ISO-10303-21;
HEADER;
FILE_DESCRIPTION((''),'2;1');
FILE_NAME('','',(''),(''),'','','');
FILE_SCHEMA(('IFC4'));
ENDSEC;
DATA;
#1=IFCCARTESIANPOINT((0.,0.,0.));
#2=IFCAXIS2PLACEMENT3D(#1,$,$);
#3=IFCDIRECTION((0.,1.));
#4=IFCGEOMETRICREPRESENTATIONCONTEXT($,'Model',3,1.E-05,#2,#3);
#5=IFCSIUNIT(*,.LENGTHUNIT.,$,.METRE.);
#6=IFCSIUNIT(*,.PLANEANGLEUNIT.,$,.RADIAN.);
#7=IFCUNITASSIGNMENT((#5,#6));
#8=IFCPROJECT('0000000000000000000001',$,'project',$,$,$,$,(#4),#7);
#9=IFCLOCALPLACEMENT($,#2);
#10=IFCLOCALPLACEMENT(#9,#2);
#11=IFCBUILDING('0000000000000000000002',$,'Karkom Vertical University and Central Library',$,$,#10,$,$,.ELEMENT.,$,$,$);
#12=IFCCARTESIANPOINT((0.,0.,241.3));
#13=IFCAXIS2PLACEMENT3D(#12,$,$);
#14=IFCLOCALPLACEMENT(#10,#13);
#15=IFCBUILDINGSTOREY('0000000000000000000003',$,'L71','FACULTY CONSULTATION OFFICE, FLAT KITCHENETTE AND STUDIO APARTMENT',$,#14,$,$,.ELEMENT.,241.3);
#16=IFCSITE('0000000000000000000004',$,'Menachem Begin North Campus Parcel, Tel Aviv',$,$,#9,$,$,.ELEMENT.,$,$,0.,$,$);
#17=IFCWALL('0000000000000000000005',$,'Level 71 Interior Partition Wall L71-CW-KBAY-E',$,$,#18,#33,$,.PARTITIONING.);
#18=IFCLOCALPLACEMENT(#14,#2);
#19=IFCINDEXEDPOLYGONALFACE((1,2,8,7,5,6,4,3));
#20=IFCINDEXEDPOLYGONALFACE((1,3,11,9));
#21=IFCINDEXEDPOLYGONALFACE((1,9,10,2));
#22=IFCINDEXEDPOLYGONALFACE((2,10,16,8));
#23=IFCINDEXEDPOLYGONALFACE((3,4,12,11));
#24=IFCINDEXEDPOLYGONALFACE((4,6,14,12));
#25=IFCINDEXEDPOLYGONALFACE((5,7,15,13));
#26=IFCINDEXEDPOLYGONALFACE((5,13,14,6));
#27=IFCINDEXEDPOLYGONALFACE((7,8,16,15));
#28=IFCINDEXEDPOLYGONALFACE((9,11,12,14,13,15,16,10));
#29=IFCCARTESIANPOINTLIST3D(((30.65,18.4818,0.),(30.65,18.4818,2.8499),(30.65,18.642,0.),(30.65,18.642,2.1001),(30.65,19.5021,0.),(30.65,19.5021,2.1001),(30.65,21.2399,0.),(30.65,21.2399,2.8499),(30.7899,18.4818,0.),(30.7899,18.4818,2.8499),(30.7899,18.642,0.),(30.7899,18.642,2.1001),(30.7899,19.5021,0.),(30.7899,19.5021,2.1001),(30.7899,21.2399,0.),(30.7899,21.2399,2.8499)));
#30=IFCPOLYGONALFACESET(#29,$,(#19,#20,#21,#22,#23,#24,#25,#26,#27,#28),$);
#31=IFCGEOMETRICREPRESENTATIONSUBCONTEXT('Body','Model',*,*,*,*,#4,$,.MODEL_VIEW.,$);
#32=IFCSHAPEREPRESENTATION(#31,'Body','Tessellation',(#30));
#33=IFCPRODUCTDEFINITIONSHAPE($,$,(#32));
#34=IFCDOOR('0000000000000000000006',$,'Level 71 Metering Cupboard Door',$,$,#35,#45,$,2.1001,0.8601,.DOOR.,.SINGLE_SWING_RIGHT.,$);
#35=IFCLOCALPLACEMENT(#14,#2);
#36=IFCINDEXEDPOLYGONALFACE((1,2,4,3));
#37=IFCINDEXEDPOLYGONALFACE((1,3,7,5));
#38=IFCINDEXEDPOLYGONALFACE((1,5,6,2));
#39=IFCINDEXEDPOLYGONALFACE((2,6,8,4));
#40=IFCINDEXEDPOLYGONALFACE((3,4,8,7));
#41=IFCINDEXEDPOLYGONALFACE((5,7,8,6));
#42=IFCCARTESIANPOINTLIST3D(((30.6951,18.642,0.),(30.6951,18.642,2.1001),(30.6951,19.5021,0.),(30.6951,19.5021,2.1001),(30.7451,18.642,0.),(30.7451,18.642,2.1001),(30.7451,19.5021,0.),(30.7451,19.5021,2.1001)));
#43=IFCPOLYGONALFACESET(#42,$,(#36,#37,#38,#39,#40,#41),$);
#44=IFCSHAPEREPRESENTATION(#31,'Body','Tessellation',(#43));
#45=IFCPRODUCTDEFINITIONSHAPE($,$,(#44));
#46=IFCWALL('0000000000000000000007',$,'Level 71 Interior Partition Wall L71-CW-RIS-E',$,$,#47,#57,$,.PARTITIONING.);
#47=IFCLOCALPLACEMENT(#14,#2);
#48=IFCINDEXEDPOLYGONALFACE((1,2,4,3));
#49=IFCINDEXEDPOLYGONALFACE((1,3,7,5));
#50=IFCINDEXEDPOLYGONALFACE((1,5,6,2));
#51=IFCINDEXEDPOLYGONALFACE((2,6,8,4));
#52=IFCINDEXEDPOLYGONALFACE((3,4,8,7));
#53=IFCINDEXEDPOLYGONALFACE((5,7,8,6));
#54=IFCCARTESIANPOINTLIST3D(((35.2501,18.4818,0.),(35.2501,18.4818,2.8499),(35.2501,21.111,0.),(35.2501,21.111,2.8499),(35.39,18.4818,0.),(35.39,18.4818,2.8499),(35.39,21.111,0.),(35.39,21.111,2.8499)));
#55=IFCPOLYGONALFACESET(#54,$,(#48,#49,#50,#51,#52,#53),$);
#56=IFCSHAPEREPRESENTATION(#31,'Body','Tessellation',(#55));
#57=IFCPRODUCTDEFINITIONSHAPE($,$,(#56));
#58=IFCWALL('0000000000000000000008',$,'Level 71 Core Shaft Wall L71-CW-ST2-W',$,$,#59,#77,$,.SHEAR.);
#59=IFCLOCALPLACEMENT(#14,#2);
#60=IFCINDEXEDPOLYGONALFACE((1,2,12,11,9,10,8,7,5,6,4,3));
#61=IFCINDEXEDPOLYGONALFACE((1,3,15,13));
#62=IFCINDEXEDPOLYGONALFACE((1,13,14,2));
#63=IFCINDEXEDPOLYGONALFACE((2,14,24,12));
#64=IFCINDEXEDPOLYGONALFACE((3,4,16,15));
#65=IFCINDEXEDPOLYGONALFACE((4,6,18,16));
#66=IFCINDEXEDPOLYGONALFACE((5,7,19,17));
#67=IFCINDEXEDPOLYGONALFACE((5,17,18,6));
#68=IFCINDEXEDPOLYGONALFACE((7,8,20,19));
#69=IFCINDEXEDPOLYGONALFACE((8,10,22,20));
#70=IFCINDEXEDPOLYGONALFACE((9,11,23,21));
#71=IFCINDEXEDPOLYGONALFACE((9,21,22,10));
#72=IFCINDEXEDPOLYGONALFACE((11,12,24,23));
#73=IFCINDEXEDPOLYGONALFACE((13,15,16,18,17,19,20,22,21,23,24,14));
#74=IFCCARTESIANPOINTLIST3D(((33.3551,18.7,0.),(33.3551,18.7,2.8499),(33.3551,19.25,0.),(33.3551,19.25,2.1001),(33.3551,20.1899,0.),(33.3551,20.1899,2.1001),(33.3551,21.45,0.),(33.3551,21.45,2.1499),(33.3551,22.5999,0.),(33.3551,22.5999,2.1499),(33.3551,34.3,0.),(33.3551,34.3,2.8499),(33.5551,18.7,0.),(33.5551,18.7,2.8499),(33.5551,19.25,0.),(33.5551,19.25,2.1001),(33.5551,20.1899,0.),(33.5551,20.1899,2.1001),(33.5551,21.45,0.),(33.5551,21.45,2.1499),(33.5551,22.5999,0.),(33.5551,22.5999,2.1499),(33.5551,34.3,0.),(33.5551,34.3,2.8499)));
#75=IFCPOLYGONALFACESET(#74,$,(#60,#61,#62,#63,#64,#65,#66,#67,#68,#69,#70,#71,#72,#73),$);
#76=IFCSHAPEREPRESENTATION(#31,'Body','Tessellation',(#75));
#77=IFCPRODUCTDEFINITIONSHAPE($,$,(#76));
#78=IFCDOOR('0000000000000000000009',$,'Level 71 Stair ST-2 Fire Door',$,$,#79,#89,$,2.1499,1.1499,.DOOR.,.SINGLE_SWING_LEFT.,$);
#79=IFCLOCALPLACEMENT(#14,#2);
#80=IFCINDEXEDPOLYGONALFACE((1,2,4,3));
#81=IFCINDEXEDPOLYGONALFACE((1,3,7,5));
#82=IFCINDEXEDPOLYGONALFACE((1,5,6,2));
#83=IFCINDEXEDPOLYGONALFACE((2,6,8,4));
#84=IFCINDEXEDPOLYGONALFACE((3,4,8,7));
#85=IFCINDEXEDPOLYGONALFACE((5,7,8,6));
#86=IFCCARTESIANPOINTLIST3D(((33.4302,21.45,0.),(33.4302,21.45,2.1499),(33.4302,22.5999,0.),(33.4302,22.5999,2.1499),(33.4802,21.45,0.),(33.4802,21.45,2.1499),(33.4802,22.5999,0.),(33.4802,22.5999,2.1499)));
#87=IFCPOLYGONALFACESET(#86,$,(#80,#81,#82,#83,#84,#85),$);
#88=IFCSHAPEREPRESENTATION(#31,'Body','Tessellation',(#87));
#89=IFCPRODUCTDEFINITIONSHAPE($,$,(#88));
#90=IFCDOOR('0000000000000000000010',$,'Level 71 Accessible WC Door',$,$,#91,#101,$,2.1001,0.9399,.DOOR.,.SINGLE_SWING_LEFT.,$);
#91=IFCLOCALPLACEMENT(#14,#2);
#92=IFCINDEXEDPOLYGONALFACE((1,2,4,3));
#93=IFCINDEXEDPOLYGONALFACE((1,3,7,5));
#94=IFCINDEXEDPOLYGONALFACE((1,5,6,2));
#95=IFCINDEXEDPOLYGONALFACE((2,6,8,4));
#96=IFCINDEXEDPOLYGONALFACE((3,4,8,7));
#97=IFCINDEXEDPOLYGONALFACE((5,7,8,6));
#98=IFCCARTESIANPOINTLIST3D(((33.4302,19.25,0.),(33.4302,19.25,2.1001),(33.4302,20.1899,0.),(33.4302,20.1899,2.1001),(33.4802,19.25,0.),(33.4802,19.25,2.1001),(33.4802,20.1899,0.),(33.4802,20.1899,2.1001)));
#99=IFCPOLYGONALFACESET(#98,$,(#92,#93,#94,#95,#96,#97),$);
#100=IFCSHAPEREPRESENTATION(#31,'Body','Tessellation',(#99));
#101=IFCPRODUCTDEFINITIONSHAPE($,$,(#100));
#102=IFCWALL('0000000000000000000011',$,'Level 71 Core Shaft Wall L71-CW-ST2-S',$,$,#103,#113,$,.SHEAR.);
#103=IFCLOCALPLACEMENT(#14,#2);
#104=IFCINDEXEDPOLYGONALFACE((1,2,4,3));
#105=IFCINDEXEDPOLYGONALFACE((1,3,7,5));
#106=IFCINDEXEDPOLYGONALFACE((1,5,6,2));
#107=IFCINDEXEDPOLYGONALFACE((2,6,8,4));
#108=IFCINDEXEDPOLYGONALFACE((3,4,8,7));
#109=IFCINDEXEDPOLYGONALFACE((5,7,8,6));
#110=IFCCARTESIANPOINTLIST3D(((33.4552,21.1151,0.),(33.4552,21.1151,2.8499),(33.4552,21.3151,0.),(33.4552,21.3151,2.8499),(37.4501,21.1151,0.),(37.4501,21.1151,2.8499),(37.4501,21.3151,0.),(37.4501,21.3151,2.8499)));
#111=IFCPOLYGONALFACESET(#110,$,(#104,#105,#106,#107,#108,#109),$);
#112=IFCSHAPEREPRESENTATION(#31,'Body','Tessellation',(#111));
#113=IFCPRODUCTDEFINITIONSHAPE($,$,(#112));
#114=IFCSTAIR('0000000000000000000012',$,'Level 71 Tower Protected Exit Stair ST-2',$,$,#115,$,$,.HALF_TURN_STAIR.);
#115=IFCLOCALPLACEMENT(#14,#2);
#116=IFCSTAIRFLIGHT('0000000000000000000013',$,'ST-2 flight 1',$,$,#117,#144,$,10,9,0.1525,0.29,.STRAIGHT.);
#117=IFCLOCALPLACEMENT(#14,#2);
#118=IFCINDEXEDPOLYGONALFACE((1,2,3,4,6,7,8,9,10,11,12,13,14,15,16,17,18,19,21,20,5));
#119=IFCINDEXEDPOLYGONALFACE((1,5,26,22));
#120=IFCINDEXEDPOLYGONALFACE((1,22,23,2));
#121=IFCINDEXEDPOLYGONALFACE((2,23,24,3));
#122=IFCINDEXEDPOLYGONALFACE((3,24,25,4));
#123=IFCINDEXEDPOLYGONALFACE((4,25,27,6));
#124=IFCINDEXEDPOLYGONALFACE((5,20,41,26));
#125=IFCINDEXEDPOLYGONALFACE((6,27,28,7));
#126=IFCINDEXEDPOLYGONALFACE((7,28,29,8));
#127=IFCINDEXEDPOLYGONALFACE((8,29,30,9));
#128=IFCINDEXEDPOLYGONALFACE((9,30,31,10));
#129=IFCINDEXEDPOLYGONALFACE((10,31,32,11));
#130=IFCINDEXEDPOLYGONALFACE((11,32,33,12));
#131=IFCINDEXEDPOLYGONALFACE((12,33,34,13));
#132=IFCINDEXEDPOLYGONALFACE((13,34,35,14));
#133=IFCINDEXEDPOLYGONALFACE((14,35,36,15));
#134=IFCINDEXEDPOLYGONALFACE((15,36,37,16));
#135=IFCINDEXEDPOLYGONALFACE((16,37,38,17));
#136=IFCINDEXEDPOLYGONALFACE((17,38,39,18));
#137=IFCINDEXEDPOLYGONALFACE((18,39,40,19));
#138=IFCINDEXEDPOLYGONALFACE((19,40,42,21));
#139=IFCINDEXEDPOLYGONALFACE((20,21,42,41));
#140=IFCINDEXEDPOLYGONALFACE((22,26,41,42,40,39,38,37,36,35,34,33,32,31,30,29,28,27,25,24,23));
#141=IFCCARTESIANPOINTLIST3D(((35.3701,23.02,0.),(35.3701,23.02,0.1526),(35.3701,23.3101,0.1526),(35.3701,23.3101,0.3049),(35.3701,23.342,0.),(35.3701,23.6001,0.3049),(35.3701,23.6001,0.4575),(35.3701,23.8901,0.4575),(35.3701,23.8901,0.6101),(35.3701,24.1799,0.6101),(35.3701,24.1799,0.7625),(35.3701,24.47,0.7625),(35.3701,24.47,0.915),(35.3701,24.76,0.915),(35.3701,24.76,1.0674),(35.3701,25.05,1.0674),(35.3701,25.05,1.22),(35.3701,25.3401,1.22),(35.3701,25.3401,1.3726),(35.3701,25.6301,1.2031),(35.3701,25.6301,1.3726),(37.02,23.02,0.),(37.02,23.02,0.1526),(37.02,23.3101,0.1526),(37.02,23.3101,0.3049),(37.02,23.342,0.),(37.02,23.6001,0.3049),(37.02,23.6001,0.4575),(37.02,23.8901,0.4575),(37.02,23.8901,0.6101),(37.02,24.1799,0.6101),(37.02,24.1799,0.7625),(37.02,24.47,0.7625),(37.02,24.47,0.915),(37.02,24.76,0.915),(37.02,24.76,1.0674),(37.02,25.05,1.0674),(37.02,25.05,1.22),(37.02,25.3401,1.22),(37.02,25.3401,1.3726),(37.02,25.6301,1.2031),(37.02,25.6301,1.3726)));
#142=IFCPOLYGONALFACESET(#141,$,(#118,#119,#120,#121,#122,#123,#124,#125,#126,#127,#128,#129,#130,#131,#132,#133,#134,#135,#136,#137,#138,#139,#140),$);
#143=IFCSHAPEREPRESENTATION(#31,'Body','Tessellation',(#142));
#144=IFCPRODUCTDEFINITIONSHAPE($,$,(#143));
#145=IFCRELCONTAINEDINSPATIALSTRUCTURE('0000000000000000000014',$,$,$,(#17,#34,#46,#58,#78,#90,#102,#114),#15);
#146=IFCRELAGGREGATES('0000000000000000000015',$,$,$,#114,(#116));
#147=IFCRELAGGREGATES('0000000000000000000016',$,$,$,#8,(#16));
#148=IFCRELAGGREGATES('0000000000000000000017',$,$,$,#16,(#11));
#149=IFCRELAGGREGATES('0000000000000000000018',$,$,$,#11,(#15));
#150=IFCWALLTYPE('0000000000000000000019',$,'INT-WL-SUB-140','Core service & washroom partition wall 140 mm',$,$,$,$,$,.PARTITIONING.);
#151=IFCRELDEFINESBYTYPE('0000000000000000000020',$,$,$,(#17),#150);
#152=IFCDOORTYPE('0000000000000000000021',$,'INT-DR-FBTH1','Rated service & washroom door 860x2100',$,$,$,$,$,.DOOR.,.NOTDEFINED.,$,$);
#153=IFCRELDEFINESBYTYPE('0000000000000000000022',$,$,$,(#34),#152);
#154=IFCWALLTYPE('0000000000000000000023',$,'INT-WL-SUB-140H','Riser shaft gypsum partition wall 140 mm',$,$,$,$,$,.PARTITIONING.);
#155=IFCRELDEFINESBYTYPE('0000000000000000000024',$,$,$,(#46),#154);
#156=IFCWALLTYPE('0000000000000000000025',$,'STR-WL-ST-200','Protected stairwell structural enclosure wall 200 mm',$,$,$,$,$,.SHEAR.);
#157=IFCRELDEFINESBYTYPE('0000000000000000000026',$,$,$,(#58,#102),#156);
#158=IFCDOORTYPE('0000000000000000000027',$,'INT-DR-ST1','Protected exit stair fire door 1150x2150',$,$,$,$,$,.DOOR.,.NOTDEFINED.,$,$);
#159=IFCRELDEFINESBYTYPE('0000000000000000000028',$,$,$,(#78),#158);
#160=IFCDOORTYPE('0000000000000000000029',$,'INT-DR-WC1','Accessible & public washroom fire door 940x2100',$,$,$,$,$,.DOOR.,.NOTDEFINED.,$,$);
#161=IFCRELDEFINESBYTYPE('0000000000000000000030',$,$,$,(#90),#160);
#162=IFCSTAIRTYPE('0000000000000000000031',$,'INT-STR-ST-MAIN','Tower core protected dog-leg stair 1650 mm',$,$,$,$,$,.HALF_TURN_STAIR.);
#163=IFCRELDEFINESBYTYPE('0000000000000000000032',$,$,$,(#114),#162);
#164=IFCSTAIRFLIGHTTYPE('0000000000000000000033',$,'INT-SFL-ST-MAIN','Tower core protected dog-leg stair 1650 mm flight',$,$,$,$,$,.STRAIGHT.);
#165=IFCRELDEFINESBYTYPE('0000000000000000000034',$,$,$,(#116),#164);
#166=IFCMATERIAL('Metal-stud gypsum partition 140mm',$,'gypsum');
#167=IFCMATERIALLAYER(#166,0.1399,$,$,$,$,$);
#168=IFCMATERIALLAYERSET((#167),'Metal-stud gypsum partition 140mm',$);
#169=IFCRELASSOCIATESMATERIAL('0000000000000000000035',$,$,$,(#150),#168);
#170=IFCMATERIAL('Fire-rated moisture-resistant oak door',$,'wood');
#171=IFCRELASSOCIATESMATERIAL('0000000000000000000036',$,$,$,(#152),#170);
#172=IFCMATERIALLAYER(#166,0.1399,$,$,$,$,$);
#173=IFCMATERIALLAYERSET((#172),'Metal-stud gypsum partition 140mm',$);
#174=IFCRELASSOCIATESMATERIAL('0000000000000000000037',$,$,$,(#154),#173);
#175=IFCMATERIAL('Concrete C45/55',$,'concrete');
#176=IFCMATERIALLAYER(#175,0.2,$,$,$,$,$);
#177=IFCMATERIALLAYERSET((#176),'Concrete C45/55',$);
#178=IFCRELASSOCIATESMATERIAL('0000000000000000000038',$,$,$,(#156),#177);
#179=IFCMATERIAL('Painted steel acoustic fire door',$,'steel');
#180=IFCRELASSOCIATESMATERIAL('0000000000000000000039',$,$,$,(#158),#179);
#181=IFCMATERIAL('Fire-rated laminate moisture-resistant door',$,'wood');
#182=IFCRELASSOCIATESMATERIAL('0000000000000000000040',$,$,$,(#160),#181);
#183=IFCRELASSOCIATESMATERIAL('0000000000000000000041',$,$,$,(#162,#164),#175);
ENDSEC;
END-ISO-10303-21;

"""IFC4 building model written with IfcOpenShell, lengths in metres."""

from ifc_helpers import new_model, si_unit, direction, frame, frame_2d, origin, origin_with_axes, place, context, subcontext, project, spatial, polyline, rectangle, outline, extrude, source, transform, mapped, material, layer, layer_set, type_object, element, fill, aggregate, save


model = new_model("IFC4")

# Units and contexts
model_context = context("Model", 3, precision=1e-05, world=origin(), true_north=direction((0.0, 1.0)))
body_context = subcontext(model_context, "Body", "Model", "MODEL_VIEW")
ifc_project = project(units=[si_unit("LENGTHUNIT", "METRE"), si_unit("PLANEANGLEUNIT", "RADIAN")], contexts=[model_context])

# Site, building, storey
site_placement = place(None, origin())
site = spatial("IfcSite", under=ifc_project, at=site_placement, Name="Menachem Begin North Campus Parcel, Tel Aviv", CompositionType="ELEMENT", RefElevation=0.0)
building_placement = place(site_placement, origin())
building = spatial("IfcBuilding", under=site, at=building_placement, Name="Karkom Vertical University and Central Library", CompositionType="ELEMENT")
storey_placement = place(building_placement, frame((0.0, 0.0, 241.3)))
storey = spatial("IfcBuildingStorey", under=building, at=storey_placement, Name="L71", Description="FACULTY CONSULTATION OFFICE, FLAT KITCHENETTE AND STUDIO APARTMENT", CompositionType="ELEMENT", Elevation=241.3)

# Shared definitions
ifc_material_1 = material(Name="Concrete C45/55", Category="concrete")

# Shared definitions
ifc_material_2 = material(Name="Metal-stud gypsum partition 140mm", Category="gypsum")
ifc_layer_1 = layer(ifc_material_2, 0.1399)
ifc_layer_set_1 = layer_set([ifc_layer_1], Name="Metal-stud gypsum partition 140mm")
wall_type_1 = type_object("IfcWallType", Name="INT-WL-SUB-140", Description="Core service & washroom partition wall 140 mm", PredefinedType="PARTITIONING", material=ifc_layer_set_1)

# Wall, opening, door
wall_1_placement = place(storey_placement, frame((30.72, 18.4819, 0.0), z_axis=(0.0, 0.0, 1.0), x_axis=(0.0, 1.0, 0.0)))
wall_1 = element("IfcWall", 1, at=wall_1_placement, inside=storey, type_object=wall_type_1, Name="Level 71 Interior Partition Wall L71-CW-KBAY-E", PredefinedType="PARTITIONING", context=body_context, shape_type="SweptSolid", body=[
    extrude(rectangle(XDim=2.7581, YDim=0.1399, at=frame_2d((1.3789, 0.0))), origin(), (0.0, 0.0, 1.0), 2.8499),
])
opening_1_placement = place(wall_1_placement, frame((0.1599, 0.0, 0.0)))
opening_1 = element("IfcOpeningElement", 2, at=opening_1_placement, cuts=wall_1, PredefinedType="OPENING", context=body_context, shape_type="SweptSolid", body=[
    extrude(rectangle(XDim=0.8601, YDim=2.1001, at=frame_2d((0.4302, 1.05))), frame((0.0, 0.0801, 0.0), z_axis=(0.0, -1.0, 0.0), x_axis=(1.0, 0.0, 0.0)), (0.0, 0.0, 1.0), 0.1599),
])
ifc_material_3 = material(Name="Fire-rated moisture-resistant oak door", Category="wood")
door_type_1 = type_object("IfcDoorType", Name="INT-DR-FBTH1", Description="Rated service & washroom door 860x2100", OperationType="NOTDEFINED", PredefinedType="DOOR", material=ifc_material_3)
shared_shape_1 = source(origin_with_axes(), body_context, "Body", "SweptSolid", [
    extrude(rectangle(XDim=0.8601, YDim=2.1001, at=frame_2d((0.4302, 1.05))), frame((0.0, 0.0249, 0.0), z_axis=(0.0, -1.0, 0.0), x_axis=(1.0, 0.0, 0.0)), (0.0, 0.0, 1.0), 0.05),
])
door_1_placement = place(opening_1_placement, origin())
door_1 = element("IfcDoor", 3, at=door_1_placement, inside=storey, type_object=door_type_1, Name="Level 71 Metering Cupboard Door", OperationType="SINGLE_SWING_RIGHT", OverallHeight=2.1001, OverallWidth=0.8601, PredefinedType="DOOR", context=body_context, shape_type="MappedRepresentation", body=[
    mapped(shared_shape_1, transform((0.0, 0.0, 0.0), scale=1.0)),
])
fill(opening_1, door_1)

# Wall
ifc_layer_2 = layer(ifc_material_2, 0.1399)
ifc_layer_set_2 = layer_set([ifc_layer_2], Name="Metal-stud gypsum partition 140mm")
wall_type_2 = type_object("IfcWallType", Name="INT-WL-SUB-140H", Description="Riser shaft gypsum partition wall 140 mm", PredefinedType="PARTITIONING", material=ifc_layer_set_2)
wall_2_placement = place(storey_placement, frame((35.3201, 18.4819, 0.0), z_axis=(0.0, 0.0, 1.0), x_axis=(0.0, 1.0, 0.0)))
element("IfcWall", 4, at=wall_2_placement, inside=storey, type_object=wall_type_2, Name="Level 71 Interior Partition Wall L71-CW-RIS-E", PredefinedType="PARTITIONING", context=body_context, shape_type="SweptSolid", body=[
    extrude(rectangle(XDim=2.6292, YDim=0.1399, at=frame_2d((1.3145, 0.0))), origin(), (0.0, 0.0, 1.0), 2.8499),
])

# Wall, openings, doors
ifc_layer_3 = layer(ifc_material_1, 0.2)
ifc_layer_set_3 = layer_set([ifc_layer_3], Name="Concrete C45/55")
wall_type_3 = type_object("IfcWallType", Name="STR-WL-ST-200", Description="Protected stairwell structural enclosure wall 200 mm", PredefinedType="SHEAR", material=ifc_layer_set_3)
wall_3_placement = place(storey_placement, frame((33.4551, 18.7, 0.0), z_axis=(0.0, 0.0, 1.0), x_axis=(0.0, 1.0, 0.0)))
wall_3 = element("IfcWall", 5, at=wall_3_placement, inside=storey, type_object=wall_type_3, Name="Level 71 Core Shaft Wall L71-CW-ST2-W", PredefinedType="SHEAR", context=body_context, shape_type="SweptSolid", body=[
    extrude(rectangle(XDim=15.6001, YDim=0.2, at=frame_2d((7.8, 0.0))), origin(), (0.0, 0.0, 1.0), 2.8499),
])
opening_2_placement = place(wall_3_placement, frame((2.75, 0.0, 0.0)))
opening_2 = element("IfcOpeningElement", 6, at=opening_2_placement, cuts=wall_3, PredefinedType="OPENING", context=body_context, shape_type="SweptSolid", body=[
    extrude(rectangle(XDim=1.1499, YDim=2.1499, at=frame_2d((0.575, 1.075))), frame((0.0, 0.1099, 0.0), z_axis=(0.0, -1.0, 0.0), x_axis=(1.0, 0.0, 0.0)), (0.0, 0.0, 1.0), 0.22),
])
opening_3_placement = place(wall_3_placement, frame((0.55, 0.0, 0.0)))
opening_3 = element("IfcOpeningElement", 7, at=opening_3_placement, cuts=wall_3, PredefinedType="OPENING", context=body_context, shape_type="SweptSolid", body=[
    extrude(rectangle(XDim=0.9399, YDim=2.1001, at=frame_2d((0.47, 1.05))), frame((0.0, 0.1099, 0.0), z_axis=(0.0, -1.0, 0.0), x_axis=(1.0, 0.0, 0.0)), (0.0, 0.0, 1.0), 0.22),
])
ifc_material_4 = material(Name="Painted steel acoustic fire door", Category="steel")
door_type_2 = type_object("IfcDoorType", Name="INT-DR-ST1", Description="Protected exit stair fire door 1150x2150", OperationType="NOTDEFINED", PredefinedType="DOOR", material=ifc_material_4)
shared_shape_2 = source(origin_with_axes(), body_context, "Body", "SweptSolid", [
    extrude(rectangle(XDim=1.1499, YDim=2.1499, at=frame_2d((0.575, 1.075))), frame((0.0, 0.0249, 0.0), z_axis=(0.0, -1.0, 0.0), x_axis=(1.0, 0.0, 0.0)), (0.0, 0.0, 1.0), 0.05),
])
door_2_placement = place(opening_2_placement, origin())
door_2 = element("IfcDoor", 8, at=door_2_placement, inside=storey, type_object=door_type_2, Name="Level 71 Stair ST-2 Fire Door", OperationType="SINGLE_SWING_LEFT", OverallHeight=2.1499, OverallWidth=1.1499, PredefinedType="DOOR", context=body_context, shape_type="MappedRepresentation", body=[
    mapped(shared_shape_2, transform((0.0, 0.0, 0.0), scale=1.0)),
])
fill(opening_2, door_2)
ifc_material_5 = material(Name="Fire-rated laminate moisture-resistant door", Category="wood")
door_type_3 = type_object("IfcDoorType", Name="INT-DR-WC1", Description="Accessible & public washroom fire door 940x2100", OperationType="NOTDEFINED", PredefinedType="DOOR", material=ifc_material_5)
shared_shape_3 = source(origin_with_axes(), body_context, "Body", "SweptSolid", [
    extrude(rectangle(XDim=0.9399, YDim=2.1001, at=frame_2d((0.47, 1.05))), frame((0.0, 0.0249, 0.0), z_axis=(0.0, -1.0, 0.0), x_axis=(1.0, 0.0, 0.0)), (0.0, 0.0, 1.0), 0.05),
])
door_3_placement = place(opening_3_placement, origin())
door_3 = element("IfcDoor", 9, at=door_3_placement, inside=storey, type_object=door_type_3, Name="Level 71 Accessible WC Door", OperationType="SINGLE_SWING_LEFT", OverallHeight=2.1001, OverallWidth=0.9399, PredefinedType="DOOR", context=body_context, shape_type="MappedRepresentation", body=[
    mapped(shared_shape_3, transform((0.0, 0.0, 0.0), scale=1.0)),
])
fill(opening_3, door_3)

# Wall
wall_4_placement = place(storey_placement, frame((33.4551, 21.2151, 0.0), z_axis=(0.0, 0.0, 1.0), x_axis=(1.0, 0.0, 0.0)))
element("IfcWall", 10, at=wall_4_placement, inside=storey, type_object=wall_type_3, Name="Level 71 Core Shaft Wall L71-CW-ST2-S", PredefinedType="SHEAR", context=body_context, shape_type="SweptSolid", body=[
    extrude(rectangle(XDim=3.9949, YDim=0.2, at=frame_2d((1.9976, 0.0))), origin(), (0.0, 0.0, 1.0), 2.8499),
])

# Stair, stair flight
stair_type = type_object("IfcStairType", Name="INT-STR-ST-MAIN", Description="Tower core protected dog-leg stair 1650 mm", PredefinedType="HALF_TURN_STAIR", material=ifc_material_1)
stair_placement = place(storey_placement, origin())
stair = element("IfcStair", 11, at=stair_placement, inside=storey, type_object=stair_type, Name="Level 71 Tower Protected Exit Stair ST-2", PredefinedType="HALF_TURN_STAIR")
stair_flight_type = type_object("IfcStairFlightType", Name="INT-SFL-ST-MAIN", Description="Tower core protected dog-leg stair 1650 mm flight", PredefinedType="STRAIGHT", material=ifc_material_1)
stair_flight_placement = place(storey_placement, frame((36.1951, 23.02, 0.0), z_axis=(0.0, 0.0, 1.0), x_axis=(0.0, 1.0, 0.0)))
stair_flight = element("IfcStairFlight", 12, at=stair_flight_placement, type_object=stair_flight_type, Name="ST-2 flight 1", NumberOfRisers=10, NumberOfTreads=9, PredefinedType="STRAIGHT", RiserHeight=0.1525, TreadLength=0.29, context=body_context, shape_type="SweptSolid", body=[
    extrude(outline(polyline([(0.0, 0.0), (0.0, 0.1526), (0.29, 0.1526), (0.29, 0.3049), (0.5801, 0.3049), (0.5801, 0.4575), (0.8701, 0.4575), (0.8701, 0.6101), (1.1599, 0.6101), (1.1599, 0.7625), (1.45, 0.7625), (1.45, 0.915), (1.74, 0.915), (1.74, 1.0674), (2.03, 1.0674), (2.03, 1.22), (2.3201, 1.22), (2.3201, 1.3726), (2.6101, 1.3726), (2.6101, 1.5249), (2.6101, 1.2031), (0.322, 0.0), (0.0, 0.0)])), frame((0.0, 0.825, 0.0), z_axis=(0.0, -1.0, 0.0), x_axis=(1.0, 0.0, 0.0)), (0.0, 0.0, 1.0), 1.6499),
])
aggregate(stair, [stair_flight])

save(model, "model.ifc")
